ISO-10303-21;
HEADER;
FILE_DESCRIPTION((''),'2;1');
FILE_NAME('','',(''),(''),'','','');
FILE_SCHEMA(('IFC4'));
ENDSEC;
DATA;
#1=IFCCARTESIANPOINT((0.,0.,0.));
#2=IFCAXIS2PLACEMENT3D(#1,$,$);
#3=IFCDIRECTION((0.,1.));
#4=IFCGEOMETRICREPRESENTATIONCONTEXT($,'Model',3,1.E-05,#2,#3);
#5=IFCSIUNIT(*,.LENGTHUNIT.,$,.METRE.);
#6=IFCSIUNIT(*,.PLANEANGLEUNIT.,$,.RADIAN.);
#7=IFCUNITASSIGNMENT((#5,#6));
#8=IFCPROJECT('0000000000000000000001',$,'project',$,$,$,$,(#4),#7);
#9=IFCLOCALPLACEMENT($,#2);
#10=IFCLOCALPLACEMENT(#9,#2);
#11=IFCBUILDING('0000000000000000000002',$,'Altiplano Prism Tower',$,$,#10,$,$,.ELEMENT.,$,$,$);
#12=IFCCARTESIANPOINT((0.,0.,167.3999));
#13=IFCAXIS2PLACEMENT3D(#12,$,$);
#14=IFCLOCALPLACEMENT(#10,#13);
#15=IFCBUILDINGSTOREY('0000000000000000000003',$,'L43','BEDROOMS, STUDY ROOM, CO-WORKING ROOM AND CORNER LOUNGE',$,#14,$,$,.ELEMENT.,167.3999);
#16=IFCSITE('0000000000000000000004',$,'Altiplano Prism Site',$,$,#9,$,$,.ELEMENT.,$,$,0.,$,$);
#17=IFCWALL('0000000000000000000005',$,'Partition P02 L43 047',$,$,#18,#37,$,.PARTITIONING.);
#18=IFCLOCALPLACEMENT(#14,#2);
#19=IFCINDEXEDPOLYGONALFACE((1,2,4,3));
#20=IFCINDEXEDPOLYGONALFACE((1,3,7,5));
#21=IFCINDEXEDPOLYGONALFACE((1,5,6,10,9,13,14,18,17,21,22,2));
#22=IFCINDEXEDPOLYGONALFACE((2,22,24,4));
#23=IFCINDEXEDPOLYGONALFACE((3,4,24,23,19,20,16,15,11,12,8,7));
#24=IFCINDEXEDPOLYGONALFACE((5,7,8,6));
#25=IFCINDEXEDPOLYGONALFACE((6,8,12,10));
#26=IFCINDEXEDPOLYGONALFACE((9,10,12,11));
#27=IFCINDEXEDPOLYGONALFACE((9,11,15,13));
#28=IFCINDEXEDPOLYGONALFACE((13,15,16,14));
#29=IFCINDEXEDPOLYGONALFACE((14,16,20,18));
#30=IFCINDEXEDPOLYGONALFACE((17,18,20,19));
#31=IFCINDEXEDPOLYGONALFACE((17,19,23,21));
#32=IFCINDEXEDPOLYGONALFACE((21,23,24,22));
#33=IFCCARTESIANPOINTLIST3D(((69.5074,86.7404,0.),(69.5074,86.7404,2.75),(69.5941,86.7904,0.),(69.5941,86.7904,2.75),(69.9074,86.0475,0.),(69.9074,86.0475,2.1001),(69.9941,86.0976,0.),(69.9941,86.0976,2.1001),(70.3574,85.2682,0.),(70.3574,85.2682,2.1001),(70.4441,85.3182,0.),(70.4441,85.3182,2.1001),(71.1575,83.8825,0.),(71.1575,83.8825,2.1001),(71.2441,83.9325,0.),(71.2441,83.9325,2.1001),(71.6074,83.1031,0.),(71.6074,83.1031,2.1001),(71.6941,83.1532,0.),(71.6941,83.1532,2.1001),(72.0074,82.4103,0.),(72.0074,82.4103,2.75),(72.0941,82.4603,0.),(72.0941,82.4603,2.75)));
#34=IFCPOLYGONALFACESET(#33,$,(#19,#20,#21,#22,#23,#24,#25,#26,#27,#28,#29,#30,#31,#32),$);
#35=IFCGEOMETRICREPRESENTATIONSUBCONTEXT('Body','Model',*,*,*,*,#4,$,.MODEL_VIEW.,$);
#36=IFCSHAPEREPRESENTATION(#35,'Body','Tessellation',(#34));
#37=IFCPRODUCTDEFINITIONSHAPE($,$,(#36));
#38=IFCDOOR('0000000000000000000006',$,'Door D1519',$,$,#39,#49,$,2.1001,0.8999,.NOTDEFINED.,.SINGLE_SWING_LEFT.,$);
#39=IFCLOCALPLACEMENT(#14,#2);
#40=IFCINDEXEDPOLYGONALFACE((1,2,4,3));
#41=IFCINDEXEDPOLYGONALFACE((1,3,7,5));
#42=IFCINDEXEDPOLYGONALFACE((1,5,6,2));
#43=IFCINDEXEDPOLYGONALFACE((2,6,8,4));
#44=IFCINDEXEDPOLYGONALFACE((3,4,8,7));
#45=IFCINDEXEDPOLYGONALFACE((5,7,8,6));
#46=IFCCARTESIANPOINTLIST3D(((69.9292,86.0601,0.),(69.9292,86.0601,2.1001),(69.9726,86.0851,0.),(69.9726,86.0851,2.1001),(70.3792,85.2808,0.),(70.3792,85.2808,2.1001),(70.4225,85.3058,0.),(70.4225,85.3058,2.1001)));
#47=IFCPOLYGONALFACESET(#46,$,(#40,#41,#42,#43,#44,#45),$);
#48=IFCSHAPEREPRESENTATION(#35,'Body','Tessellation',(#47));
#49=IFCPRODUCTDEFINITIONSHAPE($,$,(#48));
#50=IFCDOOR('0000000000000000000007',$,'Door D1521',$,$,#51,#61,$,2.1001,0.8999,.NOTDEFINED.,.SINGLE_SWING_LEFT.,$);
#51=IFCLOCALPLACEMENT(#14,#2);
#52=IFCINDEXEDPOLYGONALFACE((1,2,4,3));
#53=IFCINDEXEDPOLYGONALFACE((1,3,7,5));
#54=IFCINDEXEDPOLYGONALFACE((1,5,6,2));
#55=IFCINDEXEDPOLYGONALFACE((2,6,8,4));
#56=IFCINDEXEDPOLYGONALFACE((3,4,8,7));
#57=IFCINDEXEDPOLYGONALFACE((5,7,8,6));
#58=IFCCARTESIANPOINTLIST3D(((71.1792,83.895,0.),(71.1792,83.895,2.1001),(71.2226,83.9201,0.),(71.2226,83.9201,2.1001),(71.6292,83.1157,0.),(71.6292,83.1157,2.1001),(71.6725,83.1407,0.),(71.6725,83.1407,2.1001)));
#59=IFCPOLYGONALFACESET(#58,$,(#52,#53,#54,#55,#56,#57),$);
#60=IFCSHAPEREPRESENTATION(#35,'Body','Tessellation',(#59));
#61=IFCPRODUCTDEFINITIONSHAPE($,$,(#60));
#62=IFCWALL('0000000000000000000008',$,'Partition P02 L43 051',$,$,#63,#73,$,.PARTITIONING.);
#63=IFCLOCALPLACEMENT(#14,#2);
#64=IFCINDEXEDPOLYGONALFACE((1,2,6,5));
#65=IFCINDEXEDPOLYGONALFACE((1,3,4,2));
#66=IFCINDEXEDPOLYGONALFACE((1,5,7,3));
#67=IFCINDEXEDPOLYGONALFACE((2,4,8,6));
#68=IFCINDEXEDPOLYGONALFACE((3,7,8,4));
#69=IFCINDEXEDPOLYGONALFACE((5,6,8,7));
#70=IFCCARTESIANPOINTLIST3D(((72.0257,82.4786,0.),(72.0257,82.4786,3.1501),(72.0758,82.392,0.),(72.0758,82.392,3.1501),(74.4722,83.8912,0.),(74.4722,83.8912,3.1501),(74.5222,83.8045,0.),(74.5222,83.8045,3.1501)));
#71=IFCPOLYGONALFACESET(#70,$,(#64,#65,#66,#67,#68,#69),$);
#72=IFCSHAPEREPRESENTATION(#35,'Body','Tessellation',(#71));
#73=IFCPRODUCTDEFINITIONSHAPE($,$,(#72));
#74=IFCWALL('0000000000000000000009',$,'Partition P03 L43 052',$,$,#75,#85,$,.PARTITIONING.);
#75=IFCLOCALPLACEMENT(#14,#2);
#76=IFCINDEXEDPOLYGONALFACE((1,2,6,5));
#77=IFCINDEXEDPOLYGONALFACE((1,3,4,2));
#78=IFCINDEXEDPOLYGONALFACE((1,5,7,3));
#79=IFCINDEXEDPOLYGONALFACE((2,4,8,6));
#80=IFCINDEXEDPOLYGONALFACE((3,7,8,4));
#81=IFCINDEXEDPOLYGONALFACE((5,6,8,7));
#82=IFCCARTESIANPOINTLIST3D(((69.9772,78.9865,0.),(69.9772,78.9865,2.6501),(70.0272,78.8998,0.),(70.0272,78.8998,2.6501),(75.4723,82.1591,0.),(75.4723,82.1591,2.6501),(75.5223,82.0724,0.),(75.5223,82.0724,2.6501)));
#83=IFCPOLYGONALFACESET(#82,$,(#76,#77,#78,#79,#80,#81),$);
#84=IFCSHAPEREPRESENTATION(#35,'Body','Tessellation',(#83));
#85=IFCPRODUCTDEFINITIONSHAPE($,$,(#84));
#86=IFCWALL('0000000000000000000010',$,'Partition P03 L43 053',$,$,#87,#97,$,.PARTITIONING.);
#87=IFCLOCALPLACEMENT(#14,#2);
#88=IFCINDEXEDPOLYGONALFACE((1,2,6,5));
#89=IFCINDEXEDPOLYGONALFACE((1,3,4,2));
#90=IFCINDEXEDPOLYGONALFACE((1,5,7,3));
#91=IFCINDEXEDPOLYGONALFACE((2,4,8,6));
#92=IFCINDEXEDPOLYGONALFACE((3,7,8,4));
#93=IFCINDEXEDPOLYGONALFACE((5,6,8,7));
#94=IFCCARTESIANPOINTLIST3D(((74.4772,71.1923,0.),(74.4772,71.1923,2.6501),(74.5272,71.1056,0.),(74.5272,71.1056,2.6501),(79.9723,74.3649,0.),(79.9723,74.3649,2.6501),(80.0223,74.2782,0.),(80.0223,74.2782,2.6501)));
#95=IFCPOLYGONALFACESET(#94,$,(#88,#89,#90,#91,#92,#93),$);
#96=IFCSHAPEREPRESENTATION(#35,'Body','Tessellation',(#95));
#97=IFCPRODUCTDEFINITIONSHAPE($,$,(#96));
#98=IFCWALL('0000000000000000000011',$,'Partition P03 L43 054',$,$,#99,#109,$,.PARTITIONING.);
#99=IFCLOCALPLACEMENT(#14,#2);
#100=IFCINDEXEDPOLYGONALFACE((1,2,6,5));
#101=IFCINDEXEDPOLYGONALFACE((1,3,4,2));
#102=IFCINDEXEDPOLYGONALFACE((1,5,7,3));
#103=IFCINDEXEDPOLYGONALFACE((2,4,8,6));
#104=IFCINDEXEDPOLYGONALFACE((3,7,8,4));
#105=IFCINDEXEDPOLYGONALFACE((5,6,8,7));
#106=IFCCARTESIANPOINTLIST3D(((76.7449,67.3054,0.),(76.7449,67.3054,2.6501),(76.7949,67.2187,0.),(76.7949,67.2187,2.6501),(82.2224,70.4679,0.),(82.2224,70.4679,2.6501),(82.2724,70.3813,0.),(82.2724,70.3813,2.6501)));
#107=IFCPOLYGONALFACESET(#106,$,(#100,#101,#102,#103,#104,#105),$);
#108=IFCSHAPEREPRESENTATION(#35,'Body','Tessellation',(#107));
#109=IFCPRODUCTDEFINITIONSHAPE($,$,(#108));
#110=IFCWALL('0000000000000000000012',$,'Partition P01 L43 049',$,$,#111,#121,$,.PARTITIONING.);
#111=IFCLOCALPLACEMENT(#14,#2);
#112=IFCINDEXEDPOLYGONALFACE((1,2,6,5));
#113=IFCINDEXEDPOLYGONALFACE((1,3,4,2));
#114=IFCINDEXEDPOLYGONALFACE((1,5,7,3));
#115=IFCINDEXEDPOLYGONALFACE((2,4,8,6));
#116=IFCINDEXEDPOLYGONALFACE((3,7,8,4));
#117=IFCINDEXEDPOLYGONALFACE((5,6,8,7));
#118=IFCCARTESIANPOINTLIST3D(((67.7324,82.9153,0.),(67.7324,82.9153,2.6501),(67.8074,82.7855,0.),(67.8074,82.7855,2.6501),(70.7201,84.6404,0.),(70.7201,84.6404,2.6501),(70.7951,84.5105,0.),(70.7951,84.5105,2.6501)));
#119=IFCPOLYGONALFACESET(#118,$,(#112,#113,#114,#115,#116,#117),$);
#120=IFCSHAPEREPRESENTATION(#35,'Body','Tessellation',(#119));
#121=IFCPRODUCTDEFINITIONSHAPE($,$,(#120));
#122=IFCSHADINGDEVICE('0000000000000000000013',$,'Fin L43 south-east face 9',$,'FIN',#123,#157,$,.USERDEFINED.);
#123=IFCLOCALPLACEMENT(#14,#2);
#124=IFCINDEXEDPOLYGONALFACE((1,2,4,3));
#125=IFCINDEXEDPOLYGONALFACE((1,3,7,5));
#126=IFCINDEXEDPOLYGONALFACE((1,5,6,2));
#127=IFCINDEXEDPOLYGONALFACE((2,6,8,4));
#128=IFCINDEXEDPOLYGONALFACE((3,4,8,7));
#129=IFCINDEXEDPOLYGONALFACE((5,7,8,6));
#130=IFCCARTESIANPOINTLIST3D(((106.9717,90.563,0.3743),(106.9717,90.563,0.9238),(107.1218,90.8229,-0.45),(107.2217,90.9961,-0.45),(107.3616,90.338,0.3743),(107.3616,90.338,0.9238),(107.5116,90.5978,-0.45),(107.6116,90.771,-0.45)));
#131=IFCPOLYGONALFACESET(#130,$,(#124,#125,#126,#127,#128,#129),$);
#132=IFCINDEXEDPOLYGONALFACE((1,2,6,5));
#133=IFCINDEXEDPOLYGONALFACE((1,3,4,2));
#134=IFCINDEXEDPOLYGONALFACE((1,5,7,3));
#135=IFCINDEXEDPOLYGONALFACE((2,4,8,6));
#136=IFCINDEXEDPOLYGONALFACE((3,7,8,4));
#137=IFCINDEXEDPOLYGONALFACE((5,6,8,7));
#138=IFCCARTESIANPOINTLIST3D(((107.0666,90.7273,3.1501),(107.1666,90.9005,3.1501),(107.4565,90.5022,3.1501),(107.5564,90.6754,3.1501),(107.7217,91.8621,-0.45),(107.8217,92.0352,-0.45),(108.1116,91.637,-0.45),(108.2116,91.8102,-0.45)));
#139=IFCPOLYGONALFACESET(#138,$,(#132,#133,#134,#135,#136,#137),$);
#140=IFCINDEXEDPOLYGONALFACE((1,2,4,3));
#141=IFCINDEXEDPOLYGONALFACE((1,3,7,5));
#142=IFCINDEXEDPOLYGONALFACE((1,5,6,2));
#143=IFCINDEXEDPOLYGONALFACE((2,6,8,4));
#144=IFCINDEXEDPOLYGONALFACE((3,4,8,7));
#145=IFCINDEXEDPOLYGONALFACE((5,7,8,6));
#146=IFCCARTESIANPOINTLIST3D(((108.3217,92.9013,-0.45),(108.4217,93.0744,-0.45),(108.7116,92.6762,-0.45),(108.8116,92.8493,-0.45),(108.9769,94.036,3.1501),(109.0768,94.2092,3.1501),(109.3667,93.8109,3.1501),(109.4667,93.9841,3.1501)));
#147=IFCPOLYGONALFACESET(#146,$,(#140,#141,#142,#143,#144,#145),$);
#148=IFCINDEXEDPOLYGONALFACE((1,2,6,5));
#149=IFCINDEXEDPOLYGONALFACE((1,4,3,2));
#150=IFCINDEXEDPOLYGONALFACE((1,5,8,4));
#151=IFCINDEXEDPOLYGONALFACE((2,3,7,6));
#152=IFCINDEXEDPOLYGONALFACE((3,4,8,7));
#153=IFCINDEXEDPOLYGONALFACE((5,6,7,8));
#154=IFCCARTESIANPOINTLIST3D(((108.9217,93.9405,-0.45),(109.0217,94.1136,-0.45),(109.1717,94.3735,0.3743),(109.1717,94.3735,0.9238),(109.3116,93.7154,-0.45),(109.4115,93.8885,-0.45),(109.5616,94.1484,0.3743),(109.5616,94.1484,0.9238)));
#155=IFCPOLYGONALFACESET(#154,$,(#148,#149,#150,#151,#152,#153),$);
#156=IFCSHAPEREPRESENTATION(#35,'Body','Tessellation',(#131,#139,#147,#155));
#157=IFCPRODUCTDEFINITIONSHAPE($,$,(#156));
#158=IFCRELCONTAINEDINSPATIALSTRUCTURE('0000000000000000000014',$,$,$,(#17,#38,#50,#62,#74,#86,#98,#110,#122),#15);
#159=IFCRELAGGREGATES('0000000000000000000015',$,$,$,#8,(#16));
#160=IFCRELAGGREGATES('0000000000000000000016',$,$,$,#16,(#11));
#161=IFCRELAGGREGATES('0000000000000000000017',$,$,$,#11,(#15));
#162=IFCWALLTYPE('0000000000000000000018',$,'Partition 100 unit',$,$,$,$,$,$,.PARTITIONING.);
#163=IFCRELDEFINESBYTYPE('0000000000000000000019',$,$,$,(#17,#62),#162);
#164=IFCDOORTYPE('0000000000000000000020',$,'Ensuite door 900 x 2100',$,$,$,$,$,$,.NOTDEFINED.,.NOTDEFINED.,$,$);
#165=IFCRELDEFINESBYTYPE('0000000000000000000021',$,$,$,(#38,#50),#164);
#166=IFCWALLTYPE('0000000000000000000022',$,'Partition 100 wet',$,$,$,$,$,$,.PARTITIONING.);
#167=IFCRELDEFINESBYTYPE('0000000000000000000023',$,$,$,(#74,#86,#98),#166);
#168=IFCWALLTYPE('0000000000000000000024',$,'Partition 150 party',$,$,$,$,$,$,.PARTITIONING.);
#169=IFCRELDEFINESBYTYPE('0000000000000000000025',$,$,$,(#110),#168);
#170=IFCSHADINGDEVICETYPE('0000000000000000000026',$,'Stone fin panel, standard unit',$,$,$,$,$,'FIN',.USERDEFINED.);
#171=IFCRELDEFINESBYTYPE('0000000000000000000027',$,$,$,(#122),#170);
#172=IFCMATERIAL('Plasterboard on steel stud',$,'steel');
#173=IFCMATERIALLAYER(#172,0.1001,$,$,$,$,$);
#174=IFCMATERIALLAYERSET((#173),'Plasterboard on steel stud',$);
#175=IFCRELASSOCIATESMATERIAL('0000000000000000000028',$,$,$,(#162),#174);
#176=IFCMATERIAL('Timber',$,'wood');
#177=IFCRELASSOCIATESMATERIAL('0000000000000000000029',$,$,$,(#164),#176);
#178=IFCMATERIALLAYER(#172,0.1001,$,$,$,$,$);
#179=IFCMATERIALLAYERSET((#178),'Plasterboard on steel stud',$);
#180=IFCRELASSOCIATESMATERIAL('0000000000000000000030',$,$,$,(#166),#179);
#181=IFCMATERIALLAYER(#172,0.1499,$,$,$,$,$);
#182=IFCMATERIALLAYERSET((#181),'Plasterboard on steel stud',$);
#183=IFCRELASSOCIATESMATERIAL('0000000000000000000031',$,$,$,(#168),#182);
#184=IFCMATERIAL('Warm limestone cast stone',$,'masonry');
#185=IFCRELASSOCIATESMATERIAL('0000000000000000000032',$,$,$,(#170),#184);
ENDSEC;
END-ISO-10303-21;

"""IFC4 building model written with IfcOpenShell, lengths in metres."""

from ifc_helpers import new_model, si_unit, direction, frame, frame_2d, origin, place, context, subcontext, project, spatial, polyline, rectangle, outline, extrude, source, transform, mapped, material, layer, layer_set, type_object, element, fill, save


model = new_model("IFC4")

# Units and contexts
model_context = context("Model", 3, precision=1e-05, world=origin(), true_north=direction((0.0, 1.0)))
body_context = subcontext(model_context, "Body", "Model", "MODEL_VIEW")
ifc_project = project(units=[si_unit("LENGTHUNIT", "METRE"), si_unit("PLANEANGLEUNIT", "RADIAN")], contexts=[model_context])

# Site, building, storey
site_placement = place(None, origin())
site = spatial("IfcSite", under=ifc_project, at=site_placement, Name="Altiplano Prism Site", CompositionType="ELEMENT", RefElevation=0.0)
building_placement = place(site_placement, origin())
building = spatial("IfcBuilding", under=site, at=building_placement, Name="Altiplano Prism Tower", CompositionType="ELEMENT")
storey_placement = place(building_placement, frame((0.0, 0.0, 167.3999)))
storey = spatial("IfcBuildingStorey", under=building, at=storey_placement, Name="L43", Description="BEDROOMS, STUDY ROOM, CO-WORKING ROOM AND CORNER LOUNGE", CompositionType="ELEMENT", Elevation=167.3999)

# Wall, openings, doors
ifc_material_1 = material(Name="Plasterboard on steel stud", Category="steel")
ifc_layer_1 = layer(ifc_material_1, 0.1001)
ifc_layer_set_1 = layer_set([ifc_layer_1], Name="Plasterboard on steel stud")
wall_type_1 = type_object("IfcWallType", Name="Partition 100 unit", PredefinedType="PARTITIONING", material=ifc_layer_set_1)
wall_1_placement = place(storey_placement, frame((72.0508, 82.4353, 0.0), z_axis=(0.0, 0.0, 1.0), x_axis=(-0.500004, 0.866023, 0.0)))
wall_1 = element("IfcWall", 1, at=wall_1_placement, inside=storey, type_object=wall_type_1, Name="Partition P02 L43 047", PredefinedType="PARTITIONING", context=body_context, shape_type="SweptSolid", body=[
    extrude(rectangle(XDim=5.0, YDim=0.1001, at=frame_2d((2.5, 0.0))), origin(), (0.0, 0.0, 1.0), 2.75),
])
opening_1_placement = place(wall_1_placement, frame((3.3, 0.0, 0.0)))
opening_1 = element("IfcOpeningElement", 2, at=opening_1_placement, cuts=wall_1, PredefinedType="OPENING", context=body_context, shape_type="SweptSolid", body=[
    extrude(rectangle(XDim=0.8999, YDim=2.1001, at=frame_2d((0.45, 1.05))), frame((0.0, 0.0605, 0.0), z_axis=(0.0, -1.0, 0.0), x_axis=(1.0, 0.0, 0.0)), (0.0, 0.0, 1.0), 0.1211),
])
opening_2_placement = place(wall_1_placement, frame((0.8, 0.0, 0.0)))
opening_2 = element("IfcOpeningElement", 3, at=opening_2_placement, cuts=wall_1, PredefinedType="OPENING", context=body_context, shape_type="SweptSolid", body=[
    extrude(rectangle(XDim=0.8999, YDim=2.1001, at=frame_2d((0.45, 1.05))), frame((0.0, 0.0605, 0.0), z_axis=(0.0, -1.0, 0.0), x_axis=(1.0, 0.0, 0.0)), (0.0, 0.0, 1.0), 0.1211),
])
ifc_material_2 = material(Name="Timber", Category="wood")
door_type = type_object("IfcDoorType", Name="Ensuite door 900 x 2100", OperationType="NOTDEFINED", PredefinedType="NOTDEFINED", material=ifc_material_2)
door_1_placement = place(opening_1_placement, origin())
door_1 = element("IfcDoor", 4, at=door_1_placement, inside=storey, type_object=door_type, Name="Door D1519", OperationType="SINGLE_SWING_LEFT", OverallHeight=2.1001, OverallWidth=0.8999, PredefinedType="NOTDEFINED", context=body_context, shape_type="SweptSolid", body=[
    extrude(rectangle(XDim=0.8999, YDim=2.1001, at=frame_2d((0.45, 1.05))), frame((0.0, 0.0249, 0.0), z_axis=(0.0, -1.0, 0.0), x_axis=(1.0, 0.0, 0.0)), (0.0, 0.0, 1.0), 0.05),
])
fill(opening_1, door_1)
door_2_placement = place(opening_2_placement, origin())
door_2 = element("IfcDoor", 5, at=door_2_placement, inside=storey, type_object=door_type, Name="Door D1521", OperationType="SINGLE_SWING_LEFT", OverallHeight=2.1001, OverallWidth=0.8999, PredefinedType="NOTDEFINED", context=body_context, shape_type="SweptSolid", body=[
    extrude(rectangle(XDim=0.8999, YDim=2.1001, at=frame_2d((0.45, 1.05))), frame((0.0, 0.0249, 0.0), z_axis=(0.0, -1.0, 0.0), x_axis=(1.0, 0.0, 0.0)), (0.0, 0.0, 1.0), 0.05),
])
fill(opening_2, door_2)

# Walls
wall_2_placement = place(storey_placement, frame((74.4973, 83.8479, 0.0), z_axis=(0.0, 0.0, 1.0), x_axis=(-0.866011, -0.500024, 0.0)))
element("IfcWall", 6, at=wall_2_placement, inside=storey, type_object=wall_type_1, Name="Partition P02 L43 051", PredefinedType="PARTITIONING", context=body_context, shape_type="SweptSolid", body=[
    extrude(rectangle(XDim=2.825, YDim=0.1001, at=frame_2d((1.4126, 0.0))), origin(), (0.0, 0.0, 1.0), 3.1501),
])
ifc_layer_2 = layer(ifc_material_1, 0.1001)
ifc_layer_set_2 = layer_set([ifc_layer_2], Name="Plasterboard on steel stud")
wall_type_2 = type_object("IfcWallType", Name="Partition 100 wet", PredefinedType="PARTITIONING", material=ifc_layer_set_2)
for number, where, z_axis, x_axis, name in (
    (7, (70.0022, 78.9431, 0.0), (0.0, 0.0, 1.0), (0.866025, 0.5, 0.0), "Partition P03 L43 052"),
    (8, (74.5022, 71.1489, 0.0), (0.0, 0.0, 1.0), (0.866025, 0.5, 0.0), "Partition P03 L43 053"),
):
    element("IfcWall", number, at=place(storey_placement, frame(where, z_axis=z_axis, x_axis=x_axis)), inside=storey, type_object=wall_type_2, Name=name, PredefinedType="PARTITIONING", context=body_context, shape_type="SweptSolid", body=[
        extrude(rectangle(XDim=6.3452, YDim=0.1001, at=frame_2d((3.1726, 0.0))), origin(), (0.0, 0.0, 1.0), 2.6501),
    ])
wall_3_placement = place(storey_placement, frame((76.7698, 67.262, 0.0), z_axis=(0.0, 0.0, 1.0), x_axis=(0.866016, 0.500016, 0.0)))
element("IfcWall", 9, at=wall_3_placement, inside=storey, type_object=wall_type_2, Name="Partition P03 L43 054", PredefinedType="PARTITIONING", context=body_context, shape_type="SweptSolid", body=[
    extrude(rectangle(XDim=6.325, YDim=0.1001, at=frame_2d((3.1626, 0.0))), origin(), (0.0, 0.0, 1.0), 2.6501),
])
ifc_layer_3 = layer(ifc_material_1, 0.1499)
ifc_layer_set_3 = layer_set([ifc_layer_3], Name="Plasterboard on steel stud")
wall_type_3 = type_object("IfcWallType", Name="Partition 150 party", PredefinedType="PARTITIONING", material=ifc_layer_set_3)
wall_4_placement = place(storey_placement, frame((67.7698, 82.8503, 0.0), z_axis=(0.0, 0.0, 1.0), x_axis=(0.866014, 0.500021, 0.0)))
element("IfcWall", 10, at=wall_4_placement, inside=storey, type_object=wall_type_3, Name="Partition P01 L43 049", PredefinedType="PARTITIONING", context=body_context, shape_type="SweptSolid", body=[
    extrude(rectangle(XDim=3.45, YDim=0.1499, at=frame_2d((1.7251, 0.0))), origin(), (0.0, 0.0, 1.0), 2.6501),
])

# Shading device
ifc_material_3 = material(Name="Warm limestone cast stone", Category="masonry")
shading_device_type_1 = type_object("IfcShadingDeviceType", Name="Stone fin panel, standard unit", ElementType="FIN", PredefinedType="USERDEFINED", material=ifc_material_3)
shared_shape_1 = source(origin(), body_context, "Body", "SweptSolid", [
    extrude(outline(polyline([(-2.2, 1.3738), (-2.2, 0.8242), (-1.8999, 0.0), (-1.7, 0.0), (-2.2, 1.3738)])), frame((0.0, -0.1499, 0.0), z_axis=(0.0, -1.0, 0.0), x_axis=(1.0, 0.0, 0.0)), (0.0, 0.0, 1.0), 0.4502),
    extrude(outline(polyline([(-2.0103, 3.6001), (-0.7, 0.0), (-0.5, 0.0), (-1.8103, 3.6001), (-2.0103, 3.6001)])), frame((0.0, -0.1499, 0.0), z_axis=(0.0, -1.0, 0.0), x_axis=(1.0, 0.0, 0.0)), (0.0, 0.0, 1.0), 0.4502),
    extrude(outline(polyline([(1.8103, 3.6001), (0.5, 0.0), (0.7, 0.0), (2.0103, 3.6001), (1.8103, 3.6001)])), frame((0.0, -0.1499, 0.0), z_axis=(0.0, -1.0, 0.0), x_axis=(1.0, 0.0, 0.0)), (0.0, 0.0, 1.0), 0.4502),
    extrude(outline(polyline([(2.2, 0.8242), (2.2, 1.3738), (1.7, 0.0), (1.8999, 0.0), (2.2, 0.8242)])), frame((0.0, -0.1499, 0.0), z_axis=(0.0, -1.0, 0.0), x_axis=(1.0, 0.0, 0.0)), (0.0, 0.0, 1.0), 0.4502),
])
shading_device_1_placement = place(storey_placement, origin())
element("IfcShadingDevice", 11, at=shading_device_1_placement, inside=storey, type_object=shading_device_type_1, Name="Fin L43 south-east face 9", ObjectType="FIN", PredefinedType="USERDEFINED", context=body_context, shape_type="MappedRepresentation", body=[
    mapped(shared_shape_1, transform((107.9419, 92.5432, -0.45), x_axis=(0.5, 0.866025, 0.0), y_axis=(-0.866025, 0.5, 0.0), z_axis=(0.0, 0.0, 1.0))),
])

save(model, "model.ifc")
